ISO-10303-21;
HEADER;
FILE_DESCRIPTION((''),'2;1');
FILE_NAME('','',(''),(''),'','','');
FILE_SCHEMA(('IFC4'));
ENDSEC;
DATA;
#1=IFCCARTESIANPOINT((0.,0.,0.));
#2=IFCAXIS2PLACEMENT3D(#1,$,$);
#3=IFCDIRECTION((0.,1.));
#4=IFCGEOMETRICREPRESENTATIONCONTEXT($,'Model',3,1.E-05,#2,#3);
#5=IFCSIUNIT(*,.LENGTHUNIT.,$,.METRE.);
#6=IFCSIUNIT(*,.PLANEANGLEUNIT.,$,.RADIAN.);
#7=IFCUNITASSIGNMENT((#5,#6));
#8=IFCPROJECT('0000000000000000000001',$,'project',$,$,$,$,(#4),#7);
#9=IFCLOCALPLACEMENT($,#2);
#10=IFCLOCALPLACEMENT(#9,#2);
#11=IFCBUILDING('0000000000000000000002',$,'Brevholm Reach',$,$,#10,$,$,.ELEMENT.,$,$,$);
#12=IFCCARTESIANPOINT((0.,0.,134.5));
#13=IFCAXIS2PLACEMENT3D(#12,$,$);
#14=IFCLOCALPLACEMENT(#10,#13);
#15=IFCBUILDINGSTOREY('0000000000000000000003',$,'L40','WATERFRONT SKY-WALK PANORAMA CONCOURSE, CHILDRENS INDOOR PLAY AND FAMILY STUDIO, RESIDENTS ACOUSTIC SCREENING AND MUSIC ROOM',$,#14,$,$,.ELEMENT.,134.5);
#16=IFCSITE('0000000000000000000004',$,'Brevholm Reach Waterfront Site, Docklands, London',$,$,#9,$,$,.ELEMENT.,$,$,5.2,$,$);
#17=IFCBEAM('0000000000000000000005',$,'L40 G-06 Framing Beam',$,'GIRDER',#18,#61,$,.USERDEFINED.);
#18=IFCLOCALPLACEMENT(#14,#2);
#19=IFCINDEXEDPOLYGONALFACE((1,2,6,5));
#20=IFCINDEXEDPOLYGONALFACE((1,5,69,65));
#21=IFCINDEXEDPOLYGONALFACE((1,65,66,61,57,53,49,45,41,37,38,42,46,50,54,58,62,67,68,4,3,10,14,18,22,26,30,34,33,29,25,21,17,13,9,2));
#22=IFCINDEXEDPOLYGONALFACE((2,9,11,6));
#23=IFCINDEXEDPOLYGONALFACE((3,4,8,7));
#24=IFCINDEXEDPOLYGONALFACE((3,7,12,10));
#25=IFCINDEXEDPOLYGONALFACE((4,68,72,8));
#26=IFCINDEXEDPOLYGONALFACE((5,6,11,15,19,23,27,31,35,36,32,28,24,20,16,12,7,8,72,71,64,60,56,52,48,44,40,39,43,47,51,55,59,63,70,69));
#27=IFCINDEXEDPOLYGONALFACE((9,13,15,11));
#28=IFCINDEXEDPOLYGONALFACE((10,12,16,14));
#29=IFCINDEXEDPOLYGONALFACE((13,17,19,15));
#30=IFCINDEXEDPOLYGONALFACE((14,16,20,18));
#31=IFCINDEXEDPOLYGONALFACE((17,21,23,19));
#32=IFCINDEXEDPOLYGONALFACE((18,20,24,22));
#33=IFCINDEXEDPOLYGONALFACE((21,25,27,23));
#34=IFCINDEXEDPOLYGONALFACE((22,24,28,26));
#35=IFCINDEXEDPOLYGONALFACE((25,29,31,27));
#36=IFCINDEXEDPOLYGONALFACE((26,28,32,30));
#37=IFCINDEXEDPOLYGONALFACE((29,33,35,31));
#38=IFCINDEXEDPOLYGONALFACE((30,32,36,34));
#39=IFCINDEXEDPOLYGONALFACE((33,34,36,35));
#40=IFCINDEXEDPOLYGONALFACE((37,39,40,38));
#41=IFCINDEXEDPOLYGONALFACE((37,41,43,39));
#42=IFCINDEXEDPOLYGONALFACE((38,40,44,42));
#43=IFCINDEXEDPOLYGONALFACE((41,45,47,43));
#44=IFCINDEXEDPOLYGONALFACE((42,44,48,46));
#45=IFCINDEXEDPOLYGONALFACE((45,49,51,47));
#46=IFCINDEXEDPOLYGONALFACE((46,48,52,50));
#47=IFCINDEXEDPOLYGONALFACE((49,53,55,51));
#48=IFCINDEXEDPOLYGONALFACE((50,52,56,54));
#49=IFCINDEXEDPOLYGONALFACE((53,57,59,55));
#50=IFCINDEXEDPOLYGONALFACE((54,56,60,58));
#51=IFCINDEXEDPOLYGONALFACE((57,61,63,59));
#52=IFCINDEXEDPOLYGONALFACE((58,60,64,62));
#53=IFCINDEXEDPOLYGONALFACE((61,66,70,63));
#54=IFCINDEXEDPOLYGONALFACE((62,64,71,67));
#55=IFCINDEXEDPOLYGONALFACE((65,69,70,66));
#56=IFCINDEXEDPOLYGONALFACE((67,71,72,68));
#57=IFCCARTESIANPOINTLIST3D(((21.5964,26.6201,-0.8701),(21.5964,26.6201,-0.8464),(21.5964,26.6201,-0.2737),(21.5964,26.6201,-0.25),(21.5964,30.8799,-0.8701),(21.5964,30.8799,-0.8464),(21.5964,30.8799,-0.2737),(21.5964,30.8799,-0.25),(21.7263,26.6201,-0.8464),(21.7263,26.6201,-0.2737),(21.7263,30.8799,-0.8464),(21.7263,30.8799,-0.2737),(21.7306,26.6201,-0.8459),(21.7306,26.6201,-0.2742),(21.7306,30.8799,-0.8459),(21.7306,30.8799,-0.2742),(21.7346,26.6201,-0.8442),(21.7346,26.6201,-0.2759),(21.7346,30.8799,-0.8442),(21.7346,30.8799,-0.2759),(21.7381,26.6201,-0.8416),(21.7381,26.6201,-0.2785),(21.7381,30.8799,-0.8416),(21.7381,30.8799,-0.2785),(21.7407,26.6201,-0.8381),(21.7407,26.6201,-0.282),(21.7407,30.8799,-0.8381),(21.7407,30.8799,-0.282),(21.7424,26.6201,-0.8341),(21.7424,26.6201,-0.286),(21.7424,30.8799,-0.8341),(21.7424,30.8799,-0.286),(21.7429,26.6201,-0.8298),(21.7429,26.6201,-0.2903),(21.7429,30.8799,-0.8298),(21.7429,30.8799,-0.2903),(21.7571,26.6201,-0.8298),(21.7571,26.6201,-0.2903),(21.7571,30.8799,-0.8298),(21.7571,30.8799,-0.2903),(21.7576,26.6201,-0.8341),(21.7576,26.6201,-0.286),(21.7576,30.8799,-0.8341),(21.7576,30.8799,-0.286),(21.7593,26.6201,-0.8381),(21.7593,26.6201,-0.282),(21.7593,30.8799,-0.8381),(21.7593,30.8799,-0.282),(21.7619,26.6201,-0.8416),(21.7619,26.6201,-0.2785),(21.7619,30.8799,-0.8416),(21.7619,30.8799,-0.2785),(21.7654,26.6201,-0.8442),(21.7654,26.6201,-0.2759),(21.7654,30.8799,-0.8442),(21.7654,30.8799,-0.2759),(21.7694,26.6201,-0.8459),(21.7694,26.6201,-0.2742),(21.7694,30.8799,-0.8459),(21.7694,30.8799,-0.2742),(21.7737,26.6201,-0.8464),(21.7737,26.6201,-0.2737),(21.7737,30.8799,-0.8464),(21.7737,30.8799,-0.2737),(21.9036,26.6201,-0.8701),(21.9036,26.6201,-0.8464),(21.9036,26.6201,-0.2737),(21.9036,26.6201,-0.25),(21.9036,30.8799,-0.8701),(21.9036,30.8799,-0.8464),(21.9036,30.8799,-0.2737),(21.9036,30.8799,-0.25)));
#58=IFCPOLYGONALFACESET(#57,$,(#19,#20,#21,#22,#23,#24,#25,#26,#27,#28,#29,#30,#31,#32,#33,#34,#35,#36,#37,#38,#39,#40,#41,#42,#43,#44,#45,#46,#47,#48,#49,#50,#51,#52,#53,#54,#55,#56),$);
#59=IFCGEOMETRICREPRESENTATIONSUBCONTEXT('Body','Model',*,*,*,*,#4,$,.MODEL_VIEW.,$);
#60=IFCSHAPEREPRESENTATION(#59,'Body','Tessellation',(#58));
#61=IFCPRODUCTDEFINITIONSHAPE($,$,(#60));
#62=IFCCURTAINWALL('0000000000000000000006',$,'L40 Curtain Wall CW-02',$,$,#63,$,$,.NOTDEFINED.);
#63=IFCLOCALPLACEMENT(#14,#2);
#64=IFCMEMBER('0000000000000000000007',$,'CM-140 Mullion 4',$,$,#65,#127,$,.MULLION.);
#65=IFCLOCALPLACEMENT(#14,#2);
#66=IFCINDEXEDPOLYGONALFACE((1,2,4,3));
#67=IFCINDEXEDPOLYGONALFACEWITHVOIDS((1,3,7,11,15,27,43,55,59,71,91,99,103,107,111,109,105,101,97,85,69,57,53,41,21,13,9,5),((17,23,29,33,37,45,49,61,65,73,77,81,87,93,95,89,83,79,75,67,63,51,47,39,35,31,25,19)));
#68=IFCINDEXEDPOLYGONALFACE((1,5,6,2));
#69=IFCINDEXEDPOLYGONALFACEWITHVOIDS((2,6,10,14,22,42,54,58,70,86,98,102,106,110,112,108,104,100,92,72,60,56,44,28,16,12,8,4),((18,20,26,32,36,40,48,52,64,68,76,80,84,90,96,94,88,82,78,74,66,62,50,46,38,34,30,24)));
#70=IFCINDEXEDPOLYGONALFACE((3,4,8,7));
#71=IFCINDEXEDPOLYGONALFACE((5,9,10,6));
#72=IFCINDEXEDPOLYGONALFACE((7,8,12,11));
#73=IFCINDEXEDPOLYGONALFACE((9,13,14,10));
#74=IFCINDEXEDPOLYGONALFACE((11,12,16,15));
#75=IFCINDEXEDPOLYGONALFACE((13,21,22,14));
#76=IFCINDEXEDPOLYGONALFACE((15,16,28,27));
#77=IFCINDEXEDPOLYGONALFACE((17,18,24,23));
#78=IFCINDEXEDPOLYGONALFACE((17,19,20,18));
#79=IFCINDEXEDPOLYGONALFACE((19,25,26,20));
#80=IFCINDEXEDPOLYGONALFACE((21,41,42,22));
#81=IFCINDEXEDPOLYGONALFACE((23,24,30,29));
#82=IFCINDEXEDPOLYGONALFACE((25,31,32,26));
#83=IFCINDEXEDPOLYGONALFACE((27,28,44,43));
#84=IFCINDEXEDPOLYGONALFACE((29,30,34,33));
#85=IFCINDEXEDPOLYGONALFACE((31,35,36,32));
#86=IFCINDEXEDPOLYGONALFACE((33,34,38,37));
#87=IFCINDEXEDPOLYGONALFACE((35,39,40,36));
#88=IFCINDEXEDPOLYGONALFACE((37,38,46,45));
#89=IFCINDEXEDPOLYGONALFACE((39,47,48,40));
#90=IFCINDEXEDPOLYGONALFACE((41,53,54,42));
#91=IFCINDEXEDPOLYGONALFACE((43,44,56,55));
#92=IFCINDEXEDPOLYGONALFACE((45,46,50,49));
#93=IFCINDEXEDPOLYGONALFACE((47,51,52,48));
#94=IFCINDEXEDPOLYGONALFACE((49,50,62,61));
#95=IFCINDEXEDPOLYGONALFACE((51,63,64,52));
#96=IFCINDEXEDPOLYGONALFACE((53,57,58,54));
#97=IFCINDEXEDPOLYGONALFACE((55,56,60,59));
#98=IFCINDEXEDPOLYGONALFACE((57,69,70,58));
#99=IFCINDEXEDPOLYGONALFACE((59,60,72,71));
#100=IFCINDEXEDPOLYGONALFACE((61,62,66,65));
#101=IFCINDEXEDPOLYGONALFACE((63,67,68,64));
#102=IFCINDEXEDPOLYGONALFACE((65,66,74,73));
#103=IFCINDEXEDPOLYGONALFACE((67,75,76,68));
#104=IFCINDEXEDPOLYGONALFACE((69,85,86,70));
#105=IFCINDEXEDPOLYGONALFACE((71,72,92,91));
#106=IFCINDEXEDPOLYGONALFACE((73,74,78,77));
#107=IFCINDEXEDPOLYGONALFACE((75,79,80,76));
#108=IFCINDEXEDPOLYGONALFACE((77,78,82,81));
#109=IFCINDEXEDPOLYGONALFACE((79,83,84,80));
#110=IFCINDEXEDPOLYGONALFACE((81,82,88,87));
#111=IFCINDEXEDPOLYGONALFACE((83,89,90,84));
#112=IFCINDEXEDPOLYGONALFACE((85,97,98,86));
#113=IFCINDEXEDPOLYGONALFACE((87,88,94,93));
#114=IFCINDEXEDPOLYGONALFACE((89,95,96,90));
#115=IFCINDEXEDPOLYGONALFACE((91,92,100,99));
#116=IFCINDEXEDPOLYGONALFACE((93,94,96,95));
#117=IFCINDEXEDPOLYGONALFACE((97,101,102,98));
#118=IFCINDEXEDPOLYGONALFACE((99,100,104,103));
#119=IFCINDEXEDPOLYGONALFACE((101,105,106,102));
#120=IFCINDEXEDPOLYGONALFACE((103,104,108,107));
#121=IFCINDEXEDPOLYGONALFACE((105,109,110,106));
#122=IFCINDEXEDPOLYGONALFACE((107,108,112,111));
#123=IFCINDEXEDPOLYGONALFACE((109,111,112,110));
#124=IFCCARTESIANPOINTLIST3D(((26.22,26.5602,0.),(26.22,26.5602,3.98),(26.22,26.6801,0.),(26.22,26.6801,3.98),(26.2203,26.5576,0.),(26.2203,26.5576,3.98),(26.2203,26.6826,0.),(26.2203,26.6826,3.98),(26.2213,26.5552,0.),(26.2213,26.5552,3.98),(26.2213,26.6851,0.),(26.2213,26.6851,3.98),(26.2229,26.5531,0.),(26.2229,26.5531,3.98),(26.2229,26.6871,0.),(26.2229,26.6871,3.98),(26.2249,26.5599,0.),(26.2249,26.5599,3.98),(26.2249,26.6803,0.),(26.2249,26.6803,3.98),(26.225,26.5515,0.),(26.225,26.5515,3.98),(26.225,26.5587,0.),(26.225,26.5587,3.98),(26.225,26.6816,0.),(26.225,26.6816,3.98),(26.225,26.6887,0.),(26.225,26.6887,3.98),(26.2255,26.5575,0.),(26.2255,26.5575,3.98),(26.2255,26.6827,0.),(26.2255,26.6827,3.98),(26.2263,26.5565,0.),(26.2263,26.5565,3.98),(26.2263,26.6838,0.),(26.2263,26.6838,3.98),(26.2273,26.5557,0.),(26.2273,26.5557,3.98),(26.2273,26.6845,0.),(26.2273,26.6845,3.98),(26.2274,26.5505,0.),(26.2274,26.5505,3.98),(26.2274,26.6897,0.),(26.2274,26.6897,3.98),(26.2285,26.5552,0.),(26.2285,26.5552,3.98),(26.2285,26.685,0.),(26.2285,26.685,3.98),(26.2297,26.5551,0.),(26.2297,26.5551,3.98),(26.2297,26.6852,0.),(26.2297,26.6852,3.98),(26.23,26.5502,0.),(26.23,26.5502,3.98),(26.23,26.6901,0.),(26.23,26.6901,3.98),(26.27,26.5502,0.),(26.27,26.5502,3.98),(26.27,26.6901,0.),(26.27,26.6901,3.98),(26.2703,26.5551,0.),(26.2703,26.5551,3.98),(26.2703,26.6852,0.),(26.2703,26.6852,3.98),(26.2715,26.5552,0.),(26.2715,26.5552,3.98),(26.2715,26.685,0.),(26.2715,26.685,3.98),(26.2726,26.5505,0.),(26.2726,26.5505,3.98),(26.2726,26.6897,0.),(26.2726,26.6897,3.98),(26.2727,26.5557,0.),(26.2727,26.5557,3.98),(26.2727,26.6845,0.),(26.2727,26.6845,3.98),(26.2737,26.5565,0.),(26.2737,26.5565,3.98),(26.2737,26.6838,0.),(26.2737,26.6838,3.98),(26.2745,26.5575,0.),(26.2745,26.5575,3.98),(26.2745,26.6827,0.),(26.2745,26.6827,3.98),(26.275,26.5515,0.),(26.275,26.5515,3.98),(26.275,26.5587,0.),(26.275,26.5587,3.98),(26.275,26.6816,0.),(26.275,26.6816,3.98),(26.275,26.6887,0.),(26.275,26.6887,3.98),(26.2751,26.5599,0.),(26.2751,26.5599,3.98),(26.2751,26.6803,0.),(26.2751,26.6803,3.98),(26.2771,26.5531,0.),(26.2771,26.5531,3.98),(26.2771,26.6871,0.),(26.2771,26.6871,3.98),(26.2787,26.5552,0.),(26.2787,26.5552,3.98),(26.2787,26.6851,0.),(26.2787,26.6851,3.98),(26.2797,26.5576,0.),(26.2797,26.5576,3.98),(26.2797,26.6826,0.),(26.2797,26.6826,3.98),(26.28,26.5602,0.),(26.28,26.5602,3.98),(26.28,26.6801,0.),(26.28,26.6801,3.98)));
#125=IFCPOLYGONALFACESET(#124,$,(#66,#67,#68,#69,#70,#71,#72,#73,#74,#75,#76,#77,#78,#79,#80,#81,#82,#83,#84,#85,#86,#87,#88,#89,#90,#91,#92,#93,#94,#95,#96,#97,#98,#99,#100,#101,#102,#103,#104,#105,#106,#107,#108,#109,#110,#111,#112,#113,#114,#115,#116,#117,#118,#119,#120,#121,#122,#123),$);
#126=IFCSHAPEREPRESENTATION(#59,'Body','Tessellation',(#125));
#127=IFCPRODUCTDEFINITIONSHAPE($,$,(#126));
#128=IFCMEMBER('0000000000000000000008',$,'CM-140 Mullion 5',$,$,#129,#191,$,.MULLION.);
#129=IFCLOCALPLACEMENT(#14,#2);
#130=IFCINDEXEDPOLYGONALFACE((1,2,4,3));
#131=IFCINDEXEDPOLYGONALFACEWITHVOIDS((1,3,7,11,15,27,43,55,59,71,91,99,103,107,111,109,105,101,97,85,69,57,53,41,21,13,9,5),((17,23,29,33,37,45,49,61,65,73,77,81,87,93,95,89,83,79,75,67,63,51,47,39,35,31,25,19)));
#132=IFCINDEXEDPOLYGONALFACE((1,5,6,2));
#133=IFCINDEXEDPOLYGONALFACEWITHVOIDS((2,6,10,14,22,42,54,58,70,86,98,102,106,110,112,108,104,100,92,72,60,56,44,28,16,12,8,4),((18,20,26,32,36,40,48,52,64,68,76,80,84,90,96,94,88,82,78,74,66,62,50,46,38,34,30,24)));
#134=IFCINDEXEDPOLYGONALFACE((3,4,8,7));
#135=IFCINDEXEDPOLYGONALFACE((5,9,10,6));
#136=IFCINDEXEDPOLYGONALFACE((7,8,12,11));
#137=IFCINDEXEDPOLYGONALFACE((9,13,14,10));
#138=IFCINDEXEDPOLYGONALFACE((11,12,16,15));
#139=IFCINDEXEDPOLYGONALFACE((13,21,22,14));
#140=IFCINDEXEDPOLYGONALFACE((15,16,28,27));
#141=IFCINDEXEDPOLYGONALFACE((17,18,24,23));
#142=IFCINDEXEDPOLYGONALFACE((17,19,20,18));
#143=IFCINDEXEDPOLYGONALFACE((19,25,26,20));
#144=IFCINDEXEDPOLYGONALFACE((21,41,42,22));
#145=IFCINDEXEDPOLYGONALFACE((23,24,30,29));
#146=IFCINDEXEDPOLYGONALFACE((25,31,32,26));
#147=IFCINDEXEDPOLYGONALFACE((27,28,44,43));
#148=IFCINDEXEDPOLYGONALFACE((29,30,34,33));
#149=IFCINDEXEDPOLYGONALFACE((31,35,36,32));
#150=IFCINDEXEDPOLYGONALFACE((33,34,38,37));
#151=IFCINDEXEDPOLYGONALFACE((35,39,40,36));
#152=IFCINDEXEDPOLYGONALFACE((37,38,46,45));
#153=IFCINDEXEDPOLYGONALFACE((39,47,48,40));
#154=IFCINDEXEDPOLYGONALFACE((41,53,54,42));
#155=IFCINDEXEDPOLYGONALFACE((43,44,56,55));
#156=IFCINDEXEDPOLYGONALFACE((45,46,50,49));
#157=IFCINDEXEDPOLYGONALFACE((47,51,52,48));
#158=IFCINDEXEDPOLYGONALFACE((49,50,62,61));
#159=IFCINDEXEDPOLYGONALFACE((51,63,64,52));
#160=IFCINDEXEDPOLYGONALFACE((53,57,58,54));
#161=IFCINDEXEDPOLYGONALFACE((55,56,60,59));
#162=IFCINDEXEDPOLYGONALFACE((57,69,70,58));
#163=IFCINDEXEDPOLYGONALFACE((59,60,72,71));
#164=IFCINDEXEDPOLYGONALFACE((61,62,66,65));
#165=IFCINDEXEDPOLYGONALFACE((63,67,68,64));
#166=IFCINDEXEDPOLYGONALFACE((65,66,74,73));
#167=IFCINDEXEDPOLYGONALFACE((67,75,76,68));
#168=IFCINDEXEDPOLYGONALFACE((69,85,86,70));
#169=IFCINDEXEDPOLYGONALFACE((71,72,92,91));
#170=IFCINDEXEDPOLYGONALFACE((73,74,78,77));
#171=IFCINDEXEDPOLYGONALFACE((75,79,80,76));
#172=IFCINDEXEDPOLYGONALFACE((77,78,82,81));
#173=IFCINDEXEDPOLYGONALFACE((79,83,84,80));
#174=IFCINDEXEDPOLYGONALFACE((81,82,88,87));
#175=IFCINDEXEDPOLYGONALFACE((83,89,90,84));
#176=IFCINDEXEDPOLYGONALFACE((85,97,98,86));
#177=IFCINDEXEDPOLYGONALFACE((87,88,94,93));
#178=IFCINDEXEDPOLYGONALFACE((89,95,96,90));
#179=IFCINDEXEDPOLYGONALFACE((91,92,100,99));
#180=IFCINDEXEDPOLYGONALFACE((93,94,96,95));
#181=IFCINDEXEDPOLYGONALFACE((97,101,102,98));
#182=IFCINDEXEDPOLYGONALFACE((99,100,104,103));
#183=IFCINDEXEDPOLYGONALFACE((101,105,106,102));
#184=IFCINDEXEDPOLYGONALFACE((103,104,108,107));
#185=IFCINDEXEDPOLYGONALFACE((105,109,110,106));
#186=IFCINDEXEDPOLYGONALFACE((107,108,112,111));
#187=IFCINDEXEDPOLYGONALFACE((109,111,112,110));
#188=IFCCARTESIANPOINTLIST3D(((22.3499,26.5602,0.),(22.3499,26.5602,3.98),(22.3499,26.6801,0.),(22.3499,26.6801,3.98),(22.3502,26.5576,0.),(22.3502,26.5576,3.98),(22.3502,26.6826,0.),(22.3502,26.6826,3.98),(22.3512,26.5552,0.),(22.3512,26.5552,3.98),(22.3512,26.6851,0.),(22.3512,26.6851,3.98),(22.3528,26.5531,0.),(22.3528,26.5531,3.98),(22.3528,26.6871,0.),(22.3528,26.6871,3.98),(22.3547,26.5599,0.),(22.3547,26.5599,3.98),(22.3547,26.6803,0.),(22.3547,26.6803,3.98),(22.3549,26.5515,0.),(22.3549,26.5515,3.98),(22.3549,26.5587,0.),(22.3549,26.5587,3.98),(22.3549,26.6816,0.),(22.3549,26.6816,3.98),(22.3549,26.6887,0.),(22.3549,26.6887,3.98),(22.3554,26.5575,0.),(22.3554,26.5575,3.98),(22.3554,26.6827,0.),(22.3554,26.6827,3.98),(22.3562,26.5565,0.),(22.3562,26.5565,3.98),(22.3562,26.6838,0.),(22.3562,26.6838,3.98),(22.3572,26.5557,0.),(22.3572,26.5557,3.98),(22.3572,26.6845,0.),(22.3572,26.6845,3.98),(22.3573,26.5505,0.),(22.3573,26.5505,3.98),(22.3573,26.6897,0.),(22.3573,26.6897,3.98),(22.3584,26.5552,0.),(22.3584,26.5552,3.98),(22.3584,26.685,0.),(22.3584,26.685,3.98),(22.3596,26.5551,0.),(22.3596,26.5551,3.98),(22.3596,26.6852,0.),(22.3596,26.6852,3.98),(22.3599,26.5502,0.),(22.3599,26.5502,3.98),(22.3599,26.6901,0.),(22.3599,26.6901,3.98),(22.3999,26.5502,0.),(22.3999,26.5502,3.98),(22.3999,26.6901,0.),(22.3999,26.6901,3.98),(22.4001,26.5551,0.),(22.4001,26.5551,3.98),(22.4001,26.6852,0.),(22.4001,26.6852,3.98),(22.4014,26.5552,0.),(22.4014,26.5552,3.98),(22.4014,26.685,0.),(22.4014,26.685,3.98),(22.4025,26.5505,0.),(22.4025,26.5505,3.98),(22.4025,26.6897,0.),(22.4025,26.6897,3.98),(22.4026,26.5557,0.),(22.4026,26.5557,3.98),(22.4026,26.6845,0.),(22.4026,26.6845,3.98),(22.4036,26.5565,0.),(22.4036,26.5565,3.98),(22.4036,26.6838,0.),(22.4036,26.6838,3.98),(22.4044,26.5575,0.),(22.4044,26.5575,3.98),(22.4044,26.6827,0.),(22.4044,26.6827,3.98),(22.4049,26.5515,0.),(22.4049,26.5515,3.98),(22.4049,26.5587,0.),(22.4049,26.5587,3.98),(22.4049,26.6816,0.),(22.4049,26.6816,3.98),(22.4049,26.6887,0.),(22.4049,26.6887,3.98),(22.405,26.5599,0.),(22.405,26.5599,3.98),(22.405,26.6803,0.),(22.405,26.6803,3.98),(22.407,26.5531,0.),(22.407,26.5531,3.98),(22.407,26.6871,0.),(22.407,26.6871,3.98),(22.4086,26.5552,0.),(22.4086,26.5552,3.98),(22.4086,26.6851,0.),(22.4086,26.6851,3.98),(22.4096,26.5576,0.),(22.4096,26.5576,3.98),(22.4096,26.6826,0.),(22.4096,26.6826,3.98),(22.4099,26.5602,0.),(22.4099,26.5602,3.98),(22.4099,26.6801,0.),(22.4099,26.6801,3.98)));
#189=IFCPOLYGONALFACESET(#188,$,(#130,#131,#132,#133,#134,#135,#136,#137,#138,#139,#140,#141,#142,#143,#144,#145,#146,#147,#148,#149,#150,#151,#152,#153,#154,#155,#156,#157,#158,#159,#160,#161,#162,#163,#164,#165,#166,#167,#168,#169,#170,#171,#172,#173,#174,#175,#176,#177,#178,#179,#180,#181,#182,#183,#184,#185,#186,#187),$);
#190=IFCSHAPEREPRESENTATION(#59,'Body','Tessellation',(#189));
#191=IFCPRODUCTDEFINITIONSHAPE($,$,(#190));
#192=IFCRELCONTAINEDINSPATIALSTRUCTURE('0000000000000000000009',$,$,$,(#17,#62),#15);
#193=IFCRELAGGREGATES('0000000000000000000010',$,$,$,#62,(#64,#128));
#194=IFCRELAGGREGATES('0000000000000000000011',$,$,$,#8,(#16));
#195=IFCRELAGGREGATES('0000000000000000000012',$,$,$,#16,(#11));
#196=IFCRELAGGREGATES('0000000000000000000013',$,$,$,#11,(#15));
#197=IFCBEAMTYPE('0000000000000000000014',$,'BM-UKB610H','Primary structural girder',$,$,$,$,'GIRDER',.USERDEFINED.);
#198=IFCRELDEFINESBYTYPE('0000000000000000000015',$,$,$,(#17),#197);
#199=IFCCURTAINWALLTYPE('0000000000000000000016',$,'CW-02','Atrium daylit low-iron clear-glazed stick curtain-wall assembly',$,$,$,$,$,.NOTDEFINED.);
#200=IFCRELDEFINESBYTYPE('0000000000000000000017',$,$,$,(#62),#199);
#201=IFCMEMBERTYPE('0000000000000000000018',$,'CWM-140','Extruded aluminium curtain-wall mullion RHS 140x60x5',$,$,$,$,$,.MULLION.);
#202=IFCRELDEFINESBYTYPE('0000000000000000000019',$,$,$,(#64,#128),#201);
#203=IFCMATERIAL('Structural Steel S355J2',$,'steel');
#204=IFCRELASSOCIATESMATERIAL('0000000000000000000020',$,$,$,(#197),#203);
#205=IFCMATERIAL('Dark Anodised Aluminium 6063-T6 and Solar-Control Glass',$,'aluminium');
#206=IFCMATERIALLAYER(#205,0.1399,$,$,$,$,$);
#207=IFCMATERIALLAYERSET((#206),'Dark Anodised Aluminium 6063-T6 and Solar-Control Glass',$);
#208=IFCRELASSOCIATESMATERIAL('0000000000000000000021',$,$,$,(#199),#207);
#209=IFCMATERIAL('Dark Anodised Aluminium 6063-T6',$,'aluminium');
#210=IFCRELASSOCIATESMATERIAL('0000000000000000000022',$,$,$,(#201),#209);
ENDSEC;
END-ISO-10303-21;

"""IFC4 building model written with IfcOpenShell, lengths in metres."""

from ifc_helpers import new_model, si_unit, direction, frame, origin, origin_2d, place, context, subcontext, project, spatial, hollow_rectangle, i_section, extrude, material, layer, layer_set, material_profile, profile_set, type_object, element, aggregate, save


model = new_model("IFC4")

# Units and contexts
model_context = context("Model", 3, precision=1e-05, world=origin(), true_north=direction((0.0, 1.0)))
body_context = subcontext(model_context, "Body", "Model", "MODEL_VIEW")
ifc_project = project(units=[si_unit("LENGTHUNIT", "METRE"), si_unit("PLANEANGLEUNIT", "RADIAN")], contexts=[model_context])

# Site, building, storey
site_placement = place(None, origin())
site = spatial("IfcSite", under=ifc_project, at=site_placement, Name="Brevholm Reach Waterfront Site, Docklands, London", CompositionType="ELEMENT", RefElevation=5.2)
building_placement = place(site_placement, origin())
building = spatial("IfcBuilding", under=site, at=building_placement, Name="Brevholm Reach", CompositionType="ELEMENT")
storey_placement = place(building_placement, frame((0.0, 0.0, 134.5)))
storey = spatial("IfcBuildingStorey", under=building, at=storey_placement, Name="L40", Description="WATERFRONT SKY-WALK PANORAMA CONCOURSE, CHILDRENS INDOOR PLAY AND FAMILY STUDIO, RESIDENTS ACOUSTIC SCREENING AND MUSIC ROOM", CompositionType="ELEMENT", Elevation=134.5)

# Beam
ifc_material_1 = material(Name="Structural Steel S355J2", Category="steel")
ifc_material_profile_1 = material_profile(ifc_material_1, i_section(OverallWidth=0.3071, OverallDepth=0.6201, WebThickness=0.0142, FlangeThickness=0.0237, FilletRadius=0.0166, at=origin_2d()), Name="UKB 610x305x179")
ifc_profile_set_1 = profile_set([ifc_material_profile_1], Name="Structural Steel S355J2")
beam_type_1 = type_object("IfcBeamType", Name="BM-UKB610H", Description="Primary structural girder", ElementType="GIRDER", PredefinedType="USERDEFINED", material=ifc_profile_set_1)
beam_1_placement = place(storey_placement, frame((21.75, 26.6201, -0.5601), z_axis=(0.0, 1.0, 0.0), x_axis=(-1.0, 0.0, 0.0)))
element("IfcBeam", 1, at=beam_1_placement, inside=storey, type_object=beam_type_1, Name="L40 G-06 Framing Beam", ObjectType="GIRDER", PredefinedType="USERDEFINED", context=body_context, shape_type="SweptSolid", body=[
    extrude(i_section(OverallWidth=0.3071, OverallDepth=0.6201, WebThickness=0.0142, FlangeThickness=0.0237, FilletRadius=0.0166, at=origin_2d()), origin(), (0.0, 0.0, 1.0), 4.2598),
])

# Curtain wall, members
ifc_material_2 = material(Name="Dark Anodised Aluminium 6063-T6 and Solar-Control Glass", Category="aluminium")
ifc_layer_1 = layer(ifc_material_2, 0.1399)
ifc_layer_set_1 = layer_set([ifc_layer_1], Name="Dark Anodised Aluminium 6063-T6 and Solar-Control Glass")
curtain_wall_type_1 = type_object("IfcCurtainWallType", Name="CW-02", Description="Atrium daylit low-iron clear-glazed stick curtain-wall assembly", PredefinedType="NOTDEFINED", material=ifc_layer_set_1)
curtain_wall_1_placement = place(storey_placement, origin())
curtain_wall_1 = element("IfcCurtainWall", 2, at=curtain_wall_1_placement, inside=storey, type_object=curtain_wall_type_1, Name="L40 Curtain Wall CW-02", PredefinedType="NOTDEFINED")
ifc_material_3 = material(Name="Dark Anodised Aluminium 6063-T6", Category="aluminium")
ifc_material_profile_2 = material_profile(ifc_material_3, hollow_rectangle(XDim=0.0601, YDim=0.1399, WallThickness=0.0049, InnerFilletRadius=0.0049, OuterFilletRadius=0.01, at=origin_2d()), Name="RHS 140x60x5")
ifc_profile_set_2 = profile_set([ifc_material_profile_2], Name="Dark Anodised Aluminium 6063-T6")
member_type_1 = type_object("IfcMemberType", Name="CWM-140", Description="Extruded aluminium curtain-wall mullion RHS 140x60x5", PredefinedType="MULLION", material=ifc_profile_set_2)
member_1_placement = place(storey_placement, frame((26.25, 26.6201, 0.0), z_axis=(0.0, 0.0, 1.0), x_axis=(-1.0, 0.0, 0.0)))
member_1 = element("IfcMember", 3, at=member_1_placement, type_object=member_type_1, Name="CM-140 Mullion 4", PredefinedType="MULLION", context=body_context, shape_type="SweptSolid", body=[
    extrude(hollow_rectangle(XDim=0.0601, YDim=0.1399, WallThickness=0.0049, InnerFilletRadius=0.0049, OuterFilletRadius=0.01, at=origin_2d()), origin(), (0.0, 0.0, 1.0), 3.98),
])
member_2_placement = place(storey_placement, frame((22.3799, 26.6201, 0.0), z_axis=(0.0, 0.0, 1.0), x_axis=(-1.0, 0.0, 0.0)))
member_2 = element("IfcMember", 4, at=member_2_placement, type_object=member_type_1, Name="CM-140 Mullion 5", PredefinedType="MULLION", context=body_context, shape_type="SweptSolid", body=[
    extrude(hollow_rectangle(XDim=0.0601, YDim=0.1399, WallThickness=0.0049, InnerFilletRadius=0.0049, OuterFilletRadius=0.01, at=origin_2d()), origin(), (0.0, 0.0, 1.0), 3.98),
])

aggregate(curtain_wall_1, [member_1, member_2])

save(model, "model.ifc")
